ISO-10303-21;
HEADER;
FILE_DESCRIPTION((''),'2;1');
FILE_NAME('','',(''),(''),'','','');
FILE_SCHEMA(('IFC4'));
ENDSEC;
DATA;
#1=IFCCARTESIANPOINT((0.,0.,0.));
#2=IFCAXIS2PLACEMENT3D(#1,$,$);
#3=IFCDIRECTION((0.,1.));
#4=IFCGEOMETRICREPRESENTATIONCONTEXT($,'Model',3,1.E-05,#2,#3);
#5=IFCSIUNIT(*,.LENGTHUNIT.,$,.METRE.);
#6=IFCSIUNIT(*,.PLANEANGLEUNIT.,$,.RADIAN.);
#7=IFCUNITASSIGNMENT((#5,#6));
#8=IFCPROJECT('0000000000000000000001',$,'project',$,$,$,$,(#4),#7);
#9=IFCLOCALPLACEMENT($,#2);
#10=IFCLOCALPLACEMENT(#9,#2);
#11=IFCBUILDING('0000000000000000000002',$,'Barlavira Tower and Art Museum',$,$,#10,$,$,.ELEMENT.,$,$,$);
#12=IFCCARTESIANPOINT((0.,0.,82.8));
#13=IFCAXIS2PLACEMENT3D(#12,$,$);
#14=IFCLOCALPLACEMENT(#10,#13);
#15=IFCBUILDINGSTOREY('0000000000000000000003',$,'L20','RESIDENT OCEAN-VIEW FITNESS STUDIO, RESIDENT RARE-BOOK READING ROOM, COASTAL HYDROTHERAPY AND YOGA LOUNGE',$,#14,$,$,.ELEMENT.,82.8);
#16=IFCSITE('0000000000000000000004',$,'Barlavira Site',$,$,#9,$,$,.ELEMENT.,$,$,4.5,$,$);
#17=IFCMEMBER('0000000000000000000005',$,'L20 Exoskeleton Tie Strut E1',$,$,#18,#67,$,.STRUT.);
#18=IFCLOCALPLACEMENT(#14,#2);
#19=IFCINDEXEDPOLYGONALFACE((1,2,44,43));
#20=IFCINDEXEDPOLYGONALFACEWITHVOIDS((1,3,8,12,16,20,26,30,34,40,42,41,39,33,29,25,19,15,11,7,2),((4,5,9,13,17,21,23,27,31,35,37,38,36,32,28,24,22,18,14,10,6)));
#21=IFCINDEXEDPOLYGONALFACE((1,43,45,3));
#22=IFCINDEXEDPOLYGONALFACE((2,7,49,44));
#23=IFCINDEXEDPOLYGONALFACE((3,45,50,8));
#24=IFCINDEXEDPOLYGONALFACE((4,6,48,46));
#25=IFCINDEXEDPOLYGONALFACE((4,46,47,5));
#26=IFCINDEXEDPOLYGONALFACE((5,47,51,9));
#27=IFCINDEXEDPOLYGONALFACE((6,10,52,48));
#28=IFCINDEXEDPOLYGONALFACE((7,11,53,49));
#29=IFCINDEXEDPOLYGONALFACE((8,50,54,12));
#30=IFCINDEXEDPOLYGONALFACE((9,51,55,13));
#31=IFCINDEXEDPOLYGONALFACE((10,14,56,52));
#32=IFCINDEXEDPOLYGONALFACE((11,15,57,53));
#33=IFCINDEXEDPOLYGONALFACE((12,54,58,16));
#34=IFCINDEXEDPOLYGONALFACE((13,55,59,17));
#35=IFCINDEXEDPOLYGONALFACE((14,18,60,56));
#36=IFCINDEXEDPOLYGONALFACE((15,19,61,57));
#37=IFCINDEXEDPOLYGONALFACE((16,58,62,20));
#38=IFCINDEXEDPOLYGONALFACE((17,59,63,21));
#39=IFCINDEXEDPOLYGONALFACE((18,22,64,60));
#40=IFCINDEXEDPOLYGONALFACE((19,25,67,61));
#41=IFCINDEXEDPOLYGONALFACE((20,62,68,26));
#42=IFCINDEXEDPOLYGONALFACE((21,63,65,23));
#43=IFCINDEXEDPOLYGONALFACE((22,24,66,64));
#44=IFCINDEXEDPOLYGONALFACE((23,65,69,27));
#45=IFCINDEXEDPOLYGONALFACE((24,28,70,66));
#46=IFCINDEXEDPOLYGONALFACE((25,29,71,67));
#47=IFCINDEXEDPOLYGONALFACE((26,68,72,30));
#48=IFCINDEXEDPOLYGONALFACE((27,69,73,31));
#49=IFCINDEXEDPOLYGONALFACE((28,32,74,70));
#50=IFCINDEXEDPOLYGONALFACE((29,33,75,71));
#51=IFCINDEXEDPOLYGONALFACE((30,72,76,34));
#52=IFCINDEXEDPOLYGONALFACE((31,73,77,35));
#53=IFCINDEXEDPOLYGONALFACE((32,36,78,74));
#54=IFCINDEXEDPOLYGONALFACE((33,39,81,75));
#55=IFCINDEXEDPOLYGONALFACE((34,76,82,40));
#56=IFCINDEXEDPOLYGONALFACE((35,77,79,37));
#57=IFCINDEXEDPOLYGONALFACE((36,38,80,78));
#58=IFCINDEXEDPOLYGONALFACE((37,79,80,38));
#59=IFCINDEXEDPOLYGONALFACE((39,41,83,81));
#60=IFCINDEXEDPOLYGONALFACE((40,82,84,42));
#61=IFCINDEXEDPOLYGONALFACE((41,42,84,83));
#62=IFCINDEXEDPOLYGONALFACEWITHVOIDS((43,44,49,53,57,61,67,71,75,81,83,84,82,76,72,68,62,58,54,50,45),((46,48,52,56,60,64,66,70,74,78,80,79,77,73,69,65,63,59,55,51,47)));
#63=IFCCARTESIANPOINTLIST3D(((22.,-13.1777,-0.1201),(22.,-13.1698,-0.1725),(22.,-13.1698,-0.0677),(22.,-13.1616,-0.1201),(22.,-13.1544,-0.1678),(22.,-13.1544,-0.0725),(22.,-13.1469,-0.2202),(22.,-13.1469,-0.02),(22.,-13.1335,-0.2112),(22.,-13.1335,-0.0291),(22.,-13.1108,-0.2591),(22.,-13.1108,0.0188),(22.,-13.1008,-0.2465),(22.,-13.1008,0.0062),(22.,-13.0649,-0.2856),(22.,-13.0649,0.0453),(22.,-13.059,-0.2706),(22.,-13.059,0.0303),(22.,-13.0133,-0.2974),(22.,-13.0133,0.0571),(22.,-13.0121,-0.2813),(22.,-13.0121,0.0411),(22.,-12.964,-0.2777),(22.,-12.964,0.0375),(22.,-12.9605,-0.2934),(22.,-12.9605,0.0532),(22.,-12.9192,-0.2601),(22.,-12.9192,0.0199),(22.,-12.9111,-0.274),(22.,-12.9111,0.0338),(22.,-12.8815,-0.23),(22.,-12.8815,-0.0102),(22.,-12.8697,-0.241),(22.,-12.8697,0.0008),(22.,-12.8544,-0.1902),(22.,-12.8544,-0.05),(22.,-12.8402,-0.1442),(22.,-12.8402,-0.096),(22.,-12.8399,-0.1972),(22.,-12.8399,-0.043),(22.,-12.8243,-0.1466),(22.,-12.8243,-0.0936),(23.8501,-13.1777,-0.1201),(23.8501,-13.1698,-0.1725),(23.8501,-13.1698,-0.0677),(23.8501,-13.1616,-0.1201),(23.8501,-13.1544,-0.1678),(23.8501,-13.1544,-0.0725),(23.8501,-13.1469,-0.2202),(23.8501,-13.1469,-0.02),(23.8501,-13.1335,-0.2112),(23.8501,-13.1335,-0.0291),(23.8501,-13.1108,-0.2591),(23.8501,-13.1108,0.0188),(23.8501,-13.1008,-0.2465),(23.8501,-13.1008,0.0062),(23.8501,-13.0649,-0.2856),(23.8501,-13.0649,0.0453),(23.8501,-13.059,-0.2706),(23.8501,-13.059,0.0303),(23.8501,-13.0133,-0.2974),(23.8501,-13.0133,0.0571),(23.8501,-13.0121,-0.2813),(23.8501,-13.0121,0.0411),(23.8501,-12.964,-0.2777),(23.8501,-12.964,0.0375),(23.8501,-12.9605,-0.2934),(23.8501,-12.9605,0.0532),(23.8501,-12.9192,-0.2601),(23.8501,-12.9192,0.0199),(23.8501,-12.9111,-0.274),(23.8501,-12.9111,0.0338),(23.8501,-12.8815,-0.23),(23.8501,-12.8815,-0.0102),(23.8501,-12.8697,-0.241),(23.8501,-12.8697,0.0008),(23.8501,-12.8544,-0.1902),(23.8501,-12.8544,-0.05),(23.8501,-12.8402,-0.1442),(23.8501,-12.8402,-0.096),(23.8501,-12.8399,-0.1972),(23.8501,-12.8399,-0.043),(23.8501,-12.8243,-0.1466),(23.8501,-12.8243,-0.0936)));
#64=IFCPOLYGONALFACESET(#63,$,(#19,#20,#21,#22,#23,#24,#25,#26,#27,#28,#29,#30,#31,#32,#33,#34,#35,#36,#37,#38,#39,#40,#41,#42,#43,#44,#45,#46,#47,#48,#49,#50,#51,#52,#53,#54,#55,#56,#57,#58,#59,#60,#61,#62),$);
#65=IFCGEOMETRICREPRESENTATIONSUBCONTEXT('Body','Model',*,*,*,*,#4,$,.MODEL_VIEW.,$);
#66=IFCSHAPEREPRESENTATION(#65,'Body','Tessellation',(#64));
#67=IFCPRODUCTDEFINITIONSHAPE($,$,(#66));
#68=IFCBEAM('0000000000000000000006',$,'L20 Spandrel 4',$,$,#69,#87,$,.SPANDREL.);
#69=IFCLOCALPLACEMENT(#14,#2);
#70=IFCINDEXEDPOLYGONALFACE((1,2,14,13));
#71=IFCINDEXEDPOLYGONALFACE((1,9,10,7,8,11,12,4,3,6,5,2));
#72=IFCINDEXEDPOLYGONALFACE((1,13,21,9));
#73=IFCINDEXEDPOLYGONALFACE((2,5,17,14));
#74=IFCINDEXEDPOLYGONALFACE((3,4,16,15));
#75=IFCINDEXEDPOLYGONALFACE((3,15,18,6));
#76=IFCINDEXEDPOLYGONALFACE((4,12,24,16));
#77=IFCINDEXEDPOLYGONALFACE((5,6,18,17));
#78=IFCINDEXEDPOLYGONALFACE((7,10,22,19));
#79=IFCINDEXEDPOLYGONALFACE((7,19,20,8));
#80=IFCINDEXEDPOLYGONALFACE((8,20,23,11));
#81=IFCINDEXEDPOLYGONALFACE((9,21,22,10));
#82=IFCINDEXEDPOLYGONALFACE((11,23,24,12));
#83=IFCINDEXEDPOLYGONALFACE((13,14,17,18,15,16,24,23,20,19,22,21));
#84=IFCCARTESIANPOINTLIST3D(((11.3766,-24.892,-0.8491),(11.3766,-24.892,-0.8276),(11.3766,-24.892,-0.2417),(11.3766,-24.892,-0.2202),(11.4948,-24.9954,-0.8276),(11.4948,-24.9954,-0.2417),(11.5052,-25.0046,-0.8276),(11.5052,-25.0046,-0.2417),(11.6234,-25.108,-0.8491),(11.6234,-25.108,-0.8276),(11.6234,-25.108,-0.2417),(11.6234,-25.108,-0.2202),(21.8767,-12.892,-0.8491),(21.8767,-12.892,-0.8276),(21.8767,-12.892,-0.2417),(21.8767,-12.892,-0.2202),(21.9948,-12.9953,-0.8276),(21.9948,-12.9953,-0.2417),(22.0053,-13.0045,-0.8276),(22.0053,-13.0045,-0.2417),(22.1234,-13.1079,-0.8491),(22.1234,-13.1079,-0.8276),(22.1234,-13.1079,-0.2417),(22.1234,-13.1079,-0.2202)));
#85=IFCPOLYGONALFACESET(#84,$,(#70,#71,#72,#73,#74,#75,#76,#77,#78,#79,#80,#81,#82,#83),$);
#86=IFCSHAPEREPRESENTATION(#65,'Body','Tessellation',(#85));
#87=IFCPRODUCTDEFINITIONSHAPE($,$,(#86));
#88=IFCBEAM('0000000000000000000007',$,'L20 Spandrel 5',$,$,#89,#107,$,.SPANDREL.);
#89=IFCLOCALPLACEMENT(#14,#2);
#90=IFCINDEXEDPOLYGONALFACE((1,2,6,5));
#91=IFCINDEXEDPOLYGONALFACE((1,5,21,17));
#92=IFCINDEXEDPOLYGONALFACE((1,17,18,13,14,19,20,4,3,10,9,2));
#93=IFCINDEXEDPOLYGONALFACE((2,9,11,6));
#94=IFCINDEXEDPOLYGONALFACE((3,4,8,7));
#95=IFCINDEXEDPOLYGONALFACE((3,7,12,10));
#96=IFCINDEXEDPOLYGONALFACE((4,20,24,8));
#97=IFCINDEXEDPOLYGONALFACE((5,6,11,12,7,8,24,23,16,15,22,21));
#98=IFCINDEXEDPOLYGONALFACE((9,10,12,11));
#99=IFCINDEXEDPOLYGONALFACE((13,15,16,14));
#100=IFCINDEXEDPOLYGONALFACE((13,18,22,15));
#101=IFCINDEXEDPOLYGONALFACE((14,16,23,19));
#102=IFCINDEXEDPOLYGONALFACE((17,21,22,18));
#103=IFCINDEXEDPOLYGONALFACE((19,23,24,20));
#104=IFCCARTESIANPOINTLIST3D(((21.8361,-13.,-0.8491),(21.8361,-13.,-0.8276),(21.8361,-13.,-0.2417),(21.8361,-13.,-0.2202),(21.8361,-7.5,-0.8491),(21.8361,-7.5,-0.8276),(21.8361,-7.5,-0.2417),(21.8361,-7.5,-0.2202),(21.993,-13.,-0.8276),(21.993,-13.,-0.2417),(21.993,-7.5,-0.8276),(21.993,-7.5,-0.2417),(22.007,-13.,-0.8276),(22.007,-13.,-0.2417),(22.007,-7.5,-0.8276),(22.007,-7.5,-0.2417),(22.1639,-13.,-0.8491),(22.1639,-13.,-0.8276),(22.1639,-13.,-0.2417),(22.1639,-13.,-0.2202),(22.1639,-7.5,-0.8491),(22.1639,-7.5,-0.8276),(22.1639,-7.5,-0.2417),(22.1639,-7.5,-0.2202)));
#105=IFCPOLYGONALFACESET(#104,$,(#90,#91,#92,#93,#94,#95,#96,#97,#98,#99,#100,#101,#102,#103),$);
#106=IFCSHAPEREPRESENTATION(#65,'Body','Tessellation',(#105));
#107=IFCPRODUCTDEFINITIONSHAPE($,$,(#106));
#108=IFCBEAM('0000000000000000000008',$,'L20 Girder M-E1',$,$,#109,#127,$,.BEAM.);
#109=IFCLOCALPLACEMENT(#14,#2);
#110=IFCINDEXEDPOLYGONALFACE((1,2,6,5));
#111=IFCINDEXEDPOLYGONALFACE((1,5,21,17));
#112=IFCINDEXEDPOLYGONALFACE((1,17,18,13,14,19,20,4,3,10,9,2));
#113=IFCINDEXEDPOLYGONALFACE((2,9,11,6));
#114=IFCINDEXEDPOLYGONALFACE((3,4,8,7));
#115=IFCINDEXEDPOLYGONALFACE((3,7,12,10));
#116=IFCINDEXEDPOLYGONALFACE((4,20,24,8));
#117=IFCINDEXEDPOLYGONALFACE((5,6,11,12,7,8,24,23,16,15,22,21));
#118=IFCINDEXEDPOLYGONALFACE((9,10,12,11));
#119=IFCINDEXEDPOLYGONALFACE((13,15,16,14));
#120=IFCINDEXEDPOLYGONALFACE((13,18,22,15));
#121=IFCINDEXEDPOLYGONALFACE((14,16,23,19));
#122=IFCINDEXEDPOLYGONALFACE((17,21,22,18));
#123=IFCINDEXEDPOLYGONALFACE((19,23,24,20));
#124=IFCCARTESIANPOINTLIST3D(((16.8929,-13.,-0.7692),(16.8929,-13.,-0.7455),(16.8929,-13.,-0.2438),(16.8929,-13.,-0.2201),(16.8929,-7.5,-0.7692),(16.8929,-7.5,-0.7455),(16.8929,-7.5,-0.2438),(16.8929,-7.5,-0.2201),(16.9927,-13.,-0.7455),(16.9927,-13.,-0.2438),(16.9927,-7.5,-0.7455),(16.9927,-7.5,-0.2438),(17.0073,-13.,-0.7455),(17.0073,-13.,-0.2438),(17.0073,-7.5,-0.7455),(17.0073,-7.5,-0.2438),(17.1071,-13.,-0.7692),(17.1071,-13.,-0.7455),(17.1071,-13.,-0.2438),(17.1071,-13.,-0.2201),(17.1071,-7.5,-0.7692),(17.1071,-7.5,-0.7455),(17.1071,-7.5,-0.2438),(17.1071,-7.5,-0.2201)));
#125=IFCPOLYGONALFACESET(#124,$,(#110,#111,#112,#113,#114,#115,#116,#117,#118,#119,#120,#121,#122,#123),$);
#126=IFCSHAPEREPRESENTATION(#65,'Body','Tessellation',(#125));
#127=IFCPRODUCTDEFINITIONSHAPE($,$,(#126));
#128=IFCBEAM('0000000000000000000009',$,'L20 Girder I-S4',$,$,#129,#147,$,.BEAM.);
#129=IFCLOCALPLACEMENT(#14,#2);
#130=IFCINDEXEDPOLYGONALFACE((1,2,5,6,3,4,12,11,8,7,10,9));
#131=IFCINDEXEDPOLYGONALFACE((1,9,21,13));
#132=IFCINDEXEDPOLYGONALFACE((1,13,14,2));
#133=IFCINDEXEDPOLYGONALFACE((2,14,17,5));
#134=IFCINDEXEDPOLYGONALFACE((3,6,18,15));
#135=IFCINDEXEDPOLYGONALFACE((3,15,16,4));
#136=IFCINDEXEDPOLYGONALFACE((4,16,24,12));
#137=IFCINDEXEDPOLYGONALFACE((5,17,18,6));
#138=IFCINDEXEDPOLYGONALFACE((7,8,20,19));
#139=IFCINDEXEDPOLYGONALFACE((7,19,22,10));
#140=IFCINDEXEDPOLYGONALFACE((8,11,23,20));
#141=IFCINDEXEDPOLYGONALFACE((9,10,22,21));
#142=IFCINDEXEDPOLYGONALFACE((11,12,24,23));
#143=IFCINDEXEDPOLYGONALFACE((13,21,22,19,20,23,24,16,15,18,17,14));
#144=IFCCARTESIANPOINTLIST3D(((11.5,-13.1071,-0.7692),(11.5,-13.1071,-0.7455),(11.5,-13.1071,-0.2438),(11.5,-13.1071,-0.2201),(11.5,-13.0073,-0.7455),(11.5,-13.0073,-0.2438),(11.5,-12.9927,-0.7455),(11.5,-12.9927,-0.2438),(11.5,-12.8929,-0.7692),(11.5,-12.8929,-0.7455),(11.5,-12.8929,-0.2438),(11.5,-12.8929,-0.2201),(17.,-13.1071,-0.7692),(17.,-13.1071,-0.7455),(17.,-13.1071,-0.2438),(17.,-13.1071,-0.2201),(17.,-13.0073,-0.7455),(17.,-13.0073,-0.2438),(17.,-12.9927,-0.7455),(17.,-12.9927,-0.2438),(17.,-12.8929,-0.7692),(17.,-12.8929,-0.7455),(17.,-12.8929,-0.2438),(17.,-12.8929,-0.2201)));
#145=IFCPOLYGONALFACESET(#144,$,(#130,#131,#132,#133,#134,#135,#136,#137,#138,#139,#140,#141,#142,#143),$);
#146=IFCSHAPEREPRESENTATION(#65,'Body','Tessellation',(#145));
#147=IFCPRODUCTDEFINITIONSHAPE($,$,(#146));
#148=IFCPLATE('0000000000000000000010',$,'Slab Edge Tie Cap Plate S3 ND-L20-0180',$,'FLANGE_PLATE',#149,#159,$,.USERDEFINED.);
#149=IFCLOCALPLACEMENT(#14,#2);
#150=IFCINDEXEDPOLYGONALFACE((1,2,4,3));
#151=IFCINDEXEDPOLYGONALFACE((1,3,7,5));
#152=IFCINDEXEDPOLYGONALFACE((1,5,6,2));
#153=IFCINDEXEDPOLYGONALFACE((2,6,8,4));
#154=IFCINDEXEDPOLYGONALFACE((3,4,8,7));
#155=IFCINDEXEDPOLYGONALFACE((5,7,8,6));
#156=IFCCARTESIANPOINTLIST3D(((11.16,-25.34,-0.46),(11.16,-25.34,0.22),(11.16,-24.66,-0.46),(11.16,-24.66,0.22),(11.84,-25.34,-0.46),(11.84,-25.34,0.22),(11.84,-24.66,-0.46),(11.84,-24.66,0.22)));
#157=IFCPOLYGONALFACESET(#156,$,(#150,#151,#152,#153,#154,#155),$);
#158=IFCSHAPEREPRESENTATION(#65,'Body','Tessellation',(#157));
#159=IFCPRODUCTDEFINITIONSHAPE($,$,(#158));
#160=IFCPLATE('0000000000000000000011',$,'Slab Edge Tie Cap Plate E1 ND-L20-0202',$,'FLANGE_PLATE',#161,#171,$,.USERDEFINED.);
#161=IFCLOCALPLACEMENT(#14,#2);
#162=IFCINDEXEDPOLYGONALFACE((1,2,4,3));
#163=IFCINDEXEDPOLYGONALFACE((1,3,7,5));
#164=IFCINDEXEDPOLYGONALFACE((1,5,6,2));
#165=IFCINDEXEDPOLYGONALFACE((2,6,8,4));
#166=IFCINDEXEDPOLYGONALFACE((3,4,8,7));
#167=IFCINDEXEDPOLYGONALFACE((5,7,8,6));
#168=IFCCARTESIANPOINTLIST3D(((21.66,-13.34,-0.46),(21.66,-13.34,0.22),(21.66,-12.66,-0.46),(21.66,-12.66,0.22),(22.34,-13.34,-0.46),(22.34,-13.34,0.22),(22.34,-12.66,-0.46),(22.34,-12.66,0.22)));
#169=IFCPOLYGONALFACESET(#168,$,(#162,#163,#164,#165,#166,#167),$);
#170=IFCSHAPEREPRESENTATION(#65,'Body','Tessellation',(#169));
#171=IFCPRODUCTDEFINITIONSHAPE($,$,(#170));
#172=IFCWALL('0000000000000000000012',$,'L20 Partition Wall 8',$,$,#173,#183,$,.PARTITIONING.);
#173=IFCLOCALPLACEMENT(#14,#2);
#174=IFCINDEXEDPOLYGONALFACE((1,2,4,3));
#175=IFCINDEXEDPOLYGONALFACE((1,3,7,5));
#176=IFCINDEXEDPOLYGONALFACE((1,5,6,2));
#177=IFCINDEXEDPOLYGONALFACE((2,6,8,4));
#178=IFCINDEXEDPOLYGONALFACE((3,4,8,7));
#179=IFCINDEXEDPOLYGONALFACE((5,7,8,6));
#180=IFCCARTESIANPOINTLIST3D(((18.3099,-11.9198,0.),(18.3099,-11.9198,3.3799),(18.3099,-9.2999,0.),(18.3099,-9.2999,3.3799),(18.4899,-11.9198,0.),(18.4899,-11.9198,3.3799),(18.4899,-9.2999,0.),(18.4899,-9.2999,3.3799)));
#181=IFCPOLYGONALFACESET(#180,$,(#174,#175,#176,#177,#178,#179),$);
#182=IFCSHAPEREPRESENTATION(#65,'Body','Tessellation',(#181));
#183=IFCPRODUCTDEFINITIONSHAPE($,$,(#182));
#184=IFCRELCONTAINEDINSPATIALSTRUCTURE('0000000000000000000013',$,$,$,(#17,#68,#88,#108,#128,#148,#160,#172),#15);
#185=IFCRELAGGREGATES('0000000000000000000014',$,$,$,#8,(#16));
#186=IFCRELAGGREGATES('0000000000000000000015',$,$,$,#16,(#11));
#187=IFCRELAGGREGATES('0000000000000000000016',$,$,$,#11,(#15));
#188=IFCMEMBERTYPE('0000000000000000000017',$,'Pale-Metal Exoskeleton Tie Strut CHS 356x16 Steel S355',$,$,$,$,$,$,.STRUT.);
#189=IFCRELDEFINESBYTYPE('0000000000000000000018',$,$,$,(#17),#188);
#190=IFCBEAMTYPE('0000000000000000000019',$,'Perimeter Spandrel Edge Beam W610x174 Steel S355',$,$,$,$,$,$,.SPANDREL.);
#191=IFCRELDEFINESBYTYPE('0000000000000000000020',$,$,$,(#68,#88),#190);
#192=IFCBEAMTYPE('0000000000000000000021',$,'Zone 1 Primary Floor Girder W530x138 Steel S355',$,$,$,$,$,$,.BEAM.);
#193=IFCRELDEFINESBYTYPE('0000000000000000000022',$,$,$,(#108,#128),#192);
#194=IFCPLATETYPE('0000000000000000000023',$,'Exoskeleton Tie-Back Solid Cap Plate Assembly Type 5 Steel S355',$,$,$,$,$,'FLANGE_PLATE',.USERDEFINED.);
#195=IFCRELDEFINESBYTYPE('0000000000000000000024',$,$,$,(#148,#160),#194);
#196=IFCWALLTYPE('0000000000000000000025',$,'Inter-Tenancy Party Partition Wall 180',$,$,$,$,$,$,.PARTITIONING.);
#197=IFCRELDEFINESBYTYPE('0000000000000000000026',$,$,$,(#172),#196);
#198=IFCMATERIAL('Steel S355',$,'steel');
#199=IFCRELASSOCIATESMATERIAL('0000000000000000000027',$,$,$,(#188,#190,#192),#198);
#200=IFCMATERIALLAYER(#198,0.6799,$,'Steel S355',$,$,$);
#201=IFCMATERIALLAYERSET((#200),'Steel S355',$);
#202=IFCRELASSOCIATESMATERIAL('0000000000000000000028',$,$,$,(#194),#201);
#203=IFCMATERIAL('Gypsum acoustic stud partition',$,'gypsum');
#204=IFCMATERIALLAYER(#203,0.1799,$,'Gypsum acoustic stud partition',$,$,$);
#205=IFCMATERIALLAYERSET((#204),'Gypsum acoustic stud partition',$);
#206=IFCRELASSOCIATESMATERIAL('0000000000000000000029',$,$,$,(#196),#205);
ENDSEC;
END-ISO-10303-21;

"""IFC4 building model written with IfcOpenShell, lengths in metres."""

from ifc_helpers import new_model, si_unit, direction, frame, frame_2d, origin, origin_2d, place, context, subcontext, project, spatial, rectangle, hollow_circle, i_section, extrude, material, layer, layer_set, material_profile, profile_set, type_object, element, save


model = new_model("IFC4")

# Units and contexts
model_context = context("Model", 3, precision=1e-05, world=origin(), true_north=direction((0.0, 1.0)))
body_context = subcontext(model_context, "Body", "Model", "MODEL_VIEW")
ifc_project = project(units=[si_unit("LENGTHUNIT", "METRE"), si_unit("PLANEANGLEUNIT", "RADIAN")], contexts=[model_context])

# Site, building, storey
site_placement = place(None, origin())
site = spatial("IfcSite", under=ifc_project, at=site_placement, Name="Barlavira Site", CompositionType="ELEMENT", RefElevation=4.5)
building_placement = place(site_placement, origin())
building = spatial("IfcBuilding", under=site, at=building_placement, Name="Barlavira Tower and Art Museum", CompositionType="ELEMENT")
storey_placement = place(building_placement, frame((0.0, 0.0, 82.8)))
storey = spatial("IfcBuildingStorey", under=building, at=storey_placement, Name="L20", Description="RESIDENT OCEAN-VIEW FITNESS STUDIO, RESIDENT RARE-BOOK READING ROOM, COASTAL HYDROTHERAPY AND YOGA LOUNGE", CompositionType="ELEMENT", Elevation=82.8)

# Member
ifc_material_1 = material(Name="Steel S355", Category="steel")
ifc_material_profile_1 = material_profile(ifc_material_1, hollow_circle(Radius=0.1777, WallThickness=0.0161, at=origin_2d()), Name="CHS 355.6x16.0")
ifc_profile_set_1 = profile_set([ifc_material_profile_1], Name="Steel S355")
member_type_1 = type_object("IfcMemberType", Name="Pale-Metal Exoskeleton Tie Strut CHS 356x16 Steel S355", PredefinedType="STRUT", material=ifc_profile_set_1)
member_1_placement = place(storey_placement, frame((23.8501, -13.0, -0.1201), z_axis=(-1.0, 0.0, 0.0), x_axis=(0.0, -1.0, 0.0)))
element("IfcMember", 1, at=member_1_placement, inside=storey, type_object=member_type_1, Name="L20 Exoskeleton Tie Strut E1", PredefinedType="STRUT", context=body_context, shape_type="SweptSolid", body=[
    extrude(hollow_circle(Radius=0.1777, WallThickness=0.0161, at=origin_2d()), origin(), (0.0, 0.0, 1.0), 1.8501),
])

# Beams
ifc_material_profile_2 = material_profile(ifc_material_1, i_section(OverallWidth=0.3279, OverallDepth=0.6289, WebThickness=0.0139, FlangeThickness=0.0215, at=origin_2d()), Name="W610x174.0")
ifc_profile_set_2 = profile_set([ifc_material_profile_2], Name="Steel S355")
beam_type_1 = type_object("IfcBeamType", Name="Perimeter Spandrel Edge Beam W610x174 Steel S355", PredefinedType="SPANDREL", material=ifc_profile_set_2)
beam_1_placement = place(storey_placement, frame((11.5, -25.0, -0.5347), z_axis=(0.658505, 0.752577, 0.0), x_axis=(-0.752577, 0.658505, 0.0)))
element("IfcBeam", 2, at=beam_1_placement, inside=storey, type_object=beam_type_1, Name="L20 Spandrel 4", PredefinedType="SPANDREL", context=body_context, shape_type="SweptSolid", body=[
    extrude(i_section(OverallWidth=0.3279, OverallDepth=0.6289, WebThickness=0.0139, FlangeThickness=0.0215, at=origin_2d()), origin(), (0.0, 0.0, 1.0), 15.9453),
])
beam_2_placement = place(storey_placement, frame((22.0, -13.0, -0.5347), z_axis=(0.0, 1.0, 0.0), x_axis=(-1.0, 0.0, 0.0)))
element("IfcBeam", 3, at=beam_2_placement, inside=storey, type_object=beam_type_1, Name="L20 Spandrel 5", PredefinedType="SPANDREL", context=body_context, shape_type="SweptSolid", body=[
    extrude(i_section(OverallWidth=0.3279, OverallDepth=0.6289, WebThickness=0.0139, FlangeThickness=0.0215, at=origin_2d()), origin(), (0.0, 0.0, 1.0), 5.5),
])
ifc_material_profile_3 = material_profile(ifc_material_1, i_section(OverallWidth=0.2141, OverallDepth=0.5491, WebThickness=0.0146, FlangeThickness=0.0237, at=origin_2d()), Name="W530x138.0")
ifc_profile_set_3 = profile_set([ifc_material_profile_3], Name="Steel S355")
beam_type_2 = type_object("IfcBeamType", Name="Zone 1 Primary Floor Girder W530x138 Steel S355", PredefinedType="BEAM", material=ifc_profile_set_3)
for number, where, z_axis, x_axis, name in (
    (4, (17.0, -13.0, -0.4946), (0.0, 1.0, 0.0), (-1.0, 0.0, 0.0), "L20 Girder M-E1"),
    (5, (11.5, -13.0, -0.4946), (1.0, 0.0, 0.0), (0.0, 1.0, 0.0), "L20 Girder I-S4"),
):
    element("IfcBeam", number, at=place(storey_placement, frame(where, z_axis=z_axis, x_axis=x_axis)), inside=storey, type_object=beam_type_2, Name=name, PredefinedType="BEAM", context=body_context, shape_type="SweptSolid", body=[
        extrude(i_section(OverallWidth=0.2141, OverallDepth=0.5491, WebThickness=0.0146, FlangeThickness=0.0237, at=origin_2d()), origin(), (0.0, 0.0, 1.0), 5.5),
    ])

# Plates
ifc_layer_1 = layer(ifc_material_1, 0.6799, Name="Steel S355")
ifc_layer_set_1 = layer_set([ifc_layer_1], Name="Steel S355")
plate_type = type_object("IfcPlateType", Name="Exoskeleton Tie-Back Solid Cap Plate Assembly Type 5 Steel S355", ElementType="FLANGE_PLATE", PredefinedType="USERDEFINED", material=ifc_layer_set_1)
for number, where, z_axis, x_axis, name in (
    (6, (11.5, -25.0, -0.46), (0.0, 0.0, 1.0), (1.0, 0.0, 0.0), "Slab Edge Tie Cap Plate S3 ND-L20-0180"),
    (7, (22.0, -13.0, -0.46), (0.0, 0.0, 1.0), (1.0, 0.0, 0.0), "Slab Edge Tie Cap Plate E1 ND-L20-0202"),
):
    element("IfcPlate", number, at=place(storey_placement, frame(where, z_axis=z_axis, x_axis=x_axis)), inside=storey, type_object=plate_type, Name=name, ObjectType="FLANGE_PLATE", PredefinedType="USERDEFINED", context=body_context, shape_type="SweptSolid", body=[
        extrude(rectangle(XDim=0.6799, YDim=0.6799, at=origin_2d()), origin(), (0.0, 0.0, 1.0), 0.6799),
    ])

# Wall
ifc_material_2 = material(Name="Gypsum acoustic stud partition", Category="gypsum")
ifc_layer_2 = layer(ifc_material_2, 0.1799, Name="Gypsum acoustic stud partition")
ifc_layer_set_2 = layer_set([ifc_layer_2], Name="Gypsum acoustic stud partition")
wall_type_1 = type_object("IfcWallType", Name="Inter-Tenancy Party Partition Wall 180", PredefinedType="PARTITIONING", material=ifc_layer_set_2)
wall_1_placement = place(storey_placement, frame((18.3999, -11.9199, 0.0), z_axis=(0.0, 0.0, 1.0), x_axis=(0.0, 1.0, 0.0)))
element("IfcWall", 8, at=wall_1_placement, inside=storey, type_object=wall_type_1, Name="L20 Partition Wall 8", PredefinedType="PARTITIONING", context=body_context, shape_type="SweptSolid", body=[
    extrude(rectangle(XDim=2.6199, YDim=0.1799, at=frame_2d((1.3101, 0.0))), origin(), (0.0, 0.0, 1.0), 3.3799),
])

save(model, "model.ifc")
